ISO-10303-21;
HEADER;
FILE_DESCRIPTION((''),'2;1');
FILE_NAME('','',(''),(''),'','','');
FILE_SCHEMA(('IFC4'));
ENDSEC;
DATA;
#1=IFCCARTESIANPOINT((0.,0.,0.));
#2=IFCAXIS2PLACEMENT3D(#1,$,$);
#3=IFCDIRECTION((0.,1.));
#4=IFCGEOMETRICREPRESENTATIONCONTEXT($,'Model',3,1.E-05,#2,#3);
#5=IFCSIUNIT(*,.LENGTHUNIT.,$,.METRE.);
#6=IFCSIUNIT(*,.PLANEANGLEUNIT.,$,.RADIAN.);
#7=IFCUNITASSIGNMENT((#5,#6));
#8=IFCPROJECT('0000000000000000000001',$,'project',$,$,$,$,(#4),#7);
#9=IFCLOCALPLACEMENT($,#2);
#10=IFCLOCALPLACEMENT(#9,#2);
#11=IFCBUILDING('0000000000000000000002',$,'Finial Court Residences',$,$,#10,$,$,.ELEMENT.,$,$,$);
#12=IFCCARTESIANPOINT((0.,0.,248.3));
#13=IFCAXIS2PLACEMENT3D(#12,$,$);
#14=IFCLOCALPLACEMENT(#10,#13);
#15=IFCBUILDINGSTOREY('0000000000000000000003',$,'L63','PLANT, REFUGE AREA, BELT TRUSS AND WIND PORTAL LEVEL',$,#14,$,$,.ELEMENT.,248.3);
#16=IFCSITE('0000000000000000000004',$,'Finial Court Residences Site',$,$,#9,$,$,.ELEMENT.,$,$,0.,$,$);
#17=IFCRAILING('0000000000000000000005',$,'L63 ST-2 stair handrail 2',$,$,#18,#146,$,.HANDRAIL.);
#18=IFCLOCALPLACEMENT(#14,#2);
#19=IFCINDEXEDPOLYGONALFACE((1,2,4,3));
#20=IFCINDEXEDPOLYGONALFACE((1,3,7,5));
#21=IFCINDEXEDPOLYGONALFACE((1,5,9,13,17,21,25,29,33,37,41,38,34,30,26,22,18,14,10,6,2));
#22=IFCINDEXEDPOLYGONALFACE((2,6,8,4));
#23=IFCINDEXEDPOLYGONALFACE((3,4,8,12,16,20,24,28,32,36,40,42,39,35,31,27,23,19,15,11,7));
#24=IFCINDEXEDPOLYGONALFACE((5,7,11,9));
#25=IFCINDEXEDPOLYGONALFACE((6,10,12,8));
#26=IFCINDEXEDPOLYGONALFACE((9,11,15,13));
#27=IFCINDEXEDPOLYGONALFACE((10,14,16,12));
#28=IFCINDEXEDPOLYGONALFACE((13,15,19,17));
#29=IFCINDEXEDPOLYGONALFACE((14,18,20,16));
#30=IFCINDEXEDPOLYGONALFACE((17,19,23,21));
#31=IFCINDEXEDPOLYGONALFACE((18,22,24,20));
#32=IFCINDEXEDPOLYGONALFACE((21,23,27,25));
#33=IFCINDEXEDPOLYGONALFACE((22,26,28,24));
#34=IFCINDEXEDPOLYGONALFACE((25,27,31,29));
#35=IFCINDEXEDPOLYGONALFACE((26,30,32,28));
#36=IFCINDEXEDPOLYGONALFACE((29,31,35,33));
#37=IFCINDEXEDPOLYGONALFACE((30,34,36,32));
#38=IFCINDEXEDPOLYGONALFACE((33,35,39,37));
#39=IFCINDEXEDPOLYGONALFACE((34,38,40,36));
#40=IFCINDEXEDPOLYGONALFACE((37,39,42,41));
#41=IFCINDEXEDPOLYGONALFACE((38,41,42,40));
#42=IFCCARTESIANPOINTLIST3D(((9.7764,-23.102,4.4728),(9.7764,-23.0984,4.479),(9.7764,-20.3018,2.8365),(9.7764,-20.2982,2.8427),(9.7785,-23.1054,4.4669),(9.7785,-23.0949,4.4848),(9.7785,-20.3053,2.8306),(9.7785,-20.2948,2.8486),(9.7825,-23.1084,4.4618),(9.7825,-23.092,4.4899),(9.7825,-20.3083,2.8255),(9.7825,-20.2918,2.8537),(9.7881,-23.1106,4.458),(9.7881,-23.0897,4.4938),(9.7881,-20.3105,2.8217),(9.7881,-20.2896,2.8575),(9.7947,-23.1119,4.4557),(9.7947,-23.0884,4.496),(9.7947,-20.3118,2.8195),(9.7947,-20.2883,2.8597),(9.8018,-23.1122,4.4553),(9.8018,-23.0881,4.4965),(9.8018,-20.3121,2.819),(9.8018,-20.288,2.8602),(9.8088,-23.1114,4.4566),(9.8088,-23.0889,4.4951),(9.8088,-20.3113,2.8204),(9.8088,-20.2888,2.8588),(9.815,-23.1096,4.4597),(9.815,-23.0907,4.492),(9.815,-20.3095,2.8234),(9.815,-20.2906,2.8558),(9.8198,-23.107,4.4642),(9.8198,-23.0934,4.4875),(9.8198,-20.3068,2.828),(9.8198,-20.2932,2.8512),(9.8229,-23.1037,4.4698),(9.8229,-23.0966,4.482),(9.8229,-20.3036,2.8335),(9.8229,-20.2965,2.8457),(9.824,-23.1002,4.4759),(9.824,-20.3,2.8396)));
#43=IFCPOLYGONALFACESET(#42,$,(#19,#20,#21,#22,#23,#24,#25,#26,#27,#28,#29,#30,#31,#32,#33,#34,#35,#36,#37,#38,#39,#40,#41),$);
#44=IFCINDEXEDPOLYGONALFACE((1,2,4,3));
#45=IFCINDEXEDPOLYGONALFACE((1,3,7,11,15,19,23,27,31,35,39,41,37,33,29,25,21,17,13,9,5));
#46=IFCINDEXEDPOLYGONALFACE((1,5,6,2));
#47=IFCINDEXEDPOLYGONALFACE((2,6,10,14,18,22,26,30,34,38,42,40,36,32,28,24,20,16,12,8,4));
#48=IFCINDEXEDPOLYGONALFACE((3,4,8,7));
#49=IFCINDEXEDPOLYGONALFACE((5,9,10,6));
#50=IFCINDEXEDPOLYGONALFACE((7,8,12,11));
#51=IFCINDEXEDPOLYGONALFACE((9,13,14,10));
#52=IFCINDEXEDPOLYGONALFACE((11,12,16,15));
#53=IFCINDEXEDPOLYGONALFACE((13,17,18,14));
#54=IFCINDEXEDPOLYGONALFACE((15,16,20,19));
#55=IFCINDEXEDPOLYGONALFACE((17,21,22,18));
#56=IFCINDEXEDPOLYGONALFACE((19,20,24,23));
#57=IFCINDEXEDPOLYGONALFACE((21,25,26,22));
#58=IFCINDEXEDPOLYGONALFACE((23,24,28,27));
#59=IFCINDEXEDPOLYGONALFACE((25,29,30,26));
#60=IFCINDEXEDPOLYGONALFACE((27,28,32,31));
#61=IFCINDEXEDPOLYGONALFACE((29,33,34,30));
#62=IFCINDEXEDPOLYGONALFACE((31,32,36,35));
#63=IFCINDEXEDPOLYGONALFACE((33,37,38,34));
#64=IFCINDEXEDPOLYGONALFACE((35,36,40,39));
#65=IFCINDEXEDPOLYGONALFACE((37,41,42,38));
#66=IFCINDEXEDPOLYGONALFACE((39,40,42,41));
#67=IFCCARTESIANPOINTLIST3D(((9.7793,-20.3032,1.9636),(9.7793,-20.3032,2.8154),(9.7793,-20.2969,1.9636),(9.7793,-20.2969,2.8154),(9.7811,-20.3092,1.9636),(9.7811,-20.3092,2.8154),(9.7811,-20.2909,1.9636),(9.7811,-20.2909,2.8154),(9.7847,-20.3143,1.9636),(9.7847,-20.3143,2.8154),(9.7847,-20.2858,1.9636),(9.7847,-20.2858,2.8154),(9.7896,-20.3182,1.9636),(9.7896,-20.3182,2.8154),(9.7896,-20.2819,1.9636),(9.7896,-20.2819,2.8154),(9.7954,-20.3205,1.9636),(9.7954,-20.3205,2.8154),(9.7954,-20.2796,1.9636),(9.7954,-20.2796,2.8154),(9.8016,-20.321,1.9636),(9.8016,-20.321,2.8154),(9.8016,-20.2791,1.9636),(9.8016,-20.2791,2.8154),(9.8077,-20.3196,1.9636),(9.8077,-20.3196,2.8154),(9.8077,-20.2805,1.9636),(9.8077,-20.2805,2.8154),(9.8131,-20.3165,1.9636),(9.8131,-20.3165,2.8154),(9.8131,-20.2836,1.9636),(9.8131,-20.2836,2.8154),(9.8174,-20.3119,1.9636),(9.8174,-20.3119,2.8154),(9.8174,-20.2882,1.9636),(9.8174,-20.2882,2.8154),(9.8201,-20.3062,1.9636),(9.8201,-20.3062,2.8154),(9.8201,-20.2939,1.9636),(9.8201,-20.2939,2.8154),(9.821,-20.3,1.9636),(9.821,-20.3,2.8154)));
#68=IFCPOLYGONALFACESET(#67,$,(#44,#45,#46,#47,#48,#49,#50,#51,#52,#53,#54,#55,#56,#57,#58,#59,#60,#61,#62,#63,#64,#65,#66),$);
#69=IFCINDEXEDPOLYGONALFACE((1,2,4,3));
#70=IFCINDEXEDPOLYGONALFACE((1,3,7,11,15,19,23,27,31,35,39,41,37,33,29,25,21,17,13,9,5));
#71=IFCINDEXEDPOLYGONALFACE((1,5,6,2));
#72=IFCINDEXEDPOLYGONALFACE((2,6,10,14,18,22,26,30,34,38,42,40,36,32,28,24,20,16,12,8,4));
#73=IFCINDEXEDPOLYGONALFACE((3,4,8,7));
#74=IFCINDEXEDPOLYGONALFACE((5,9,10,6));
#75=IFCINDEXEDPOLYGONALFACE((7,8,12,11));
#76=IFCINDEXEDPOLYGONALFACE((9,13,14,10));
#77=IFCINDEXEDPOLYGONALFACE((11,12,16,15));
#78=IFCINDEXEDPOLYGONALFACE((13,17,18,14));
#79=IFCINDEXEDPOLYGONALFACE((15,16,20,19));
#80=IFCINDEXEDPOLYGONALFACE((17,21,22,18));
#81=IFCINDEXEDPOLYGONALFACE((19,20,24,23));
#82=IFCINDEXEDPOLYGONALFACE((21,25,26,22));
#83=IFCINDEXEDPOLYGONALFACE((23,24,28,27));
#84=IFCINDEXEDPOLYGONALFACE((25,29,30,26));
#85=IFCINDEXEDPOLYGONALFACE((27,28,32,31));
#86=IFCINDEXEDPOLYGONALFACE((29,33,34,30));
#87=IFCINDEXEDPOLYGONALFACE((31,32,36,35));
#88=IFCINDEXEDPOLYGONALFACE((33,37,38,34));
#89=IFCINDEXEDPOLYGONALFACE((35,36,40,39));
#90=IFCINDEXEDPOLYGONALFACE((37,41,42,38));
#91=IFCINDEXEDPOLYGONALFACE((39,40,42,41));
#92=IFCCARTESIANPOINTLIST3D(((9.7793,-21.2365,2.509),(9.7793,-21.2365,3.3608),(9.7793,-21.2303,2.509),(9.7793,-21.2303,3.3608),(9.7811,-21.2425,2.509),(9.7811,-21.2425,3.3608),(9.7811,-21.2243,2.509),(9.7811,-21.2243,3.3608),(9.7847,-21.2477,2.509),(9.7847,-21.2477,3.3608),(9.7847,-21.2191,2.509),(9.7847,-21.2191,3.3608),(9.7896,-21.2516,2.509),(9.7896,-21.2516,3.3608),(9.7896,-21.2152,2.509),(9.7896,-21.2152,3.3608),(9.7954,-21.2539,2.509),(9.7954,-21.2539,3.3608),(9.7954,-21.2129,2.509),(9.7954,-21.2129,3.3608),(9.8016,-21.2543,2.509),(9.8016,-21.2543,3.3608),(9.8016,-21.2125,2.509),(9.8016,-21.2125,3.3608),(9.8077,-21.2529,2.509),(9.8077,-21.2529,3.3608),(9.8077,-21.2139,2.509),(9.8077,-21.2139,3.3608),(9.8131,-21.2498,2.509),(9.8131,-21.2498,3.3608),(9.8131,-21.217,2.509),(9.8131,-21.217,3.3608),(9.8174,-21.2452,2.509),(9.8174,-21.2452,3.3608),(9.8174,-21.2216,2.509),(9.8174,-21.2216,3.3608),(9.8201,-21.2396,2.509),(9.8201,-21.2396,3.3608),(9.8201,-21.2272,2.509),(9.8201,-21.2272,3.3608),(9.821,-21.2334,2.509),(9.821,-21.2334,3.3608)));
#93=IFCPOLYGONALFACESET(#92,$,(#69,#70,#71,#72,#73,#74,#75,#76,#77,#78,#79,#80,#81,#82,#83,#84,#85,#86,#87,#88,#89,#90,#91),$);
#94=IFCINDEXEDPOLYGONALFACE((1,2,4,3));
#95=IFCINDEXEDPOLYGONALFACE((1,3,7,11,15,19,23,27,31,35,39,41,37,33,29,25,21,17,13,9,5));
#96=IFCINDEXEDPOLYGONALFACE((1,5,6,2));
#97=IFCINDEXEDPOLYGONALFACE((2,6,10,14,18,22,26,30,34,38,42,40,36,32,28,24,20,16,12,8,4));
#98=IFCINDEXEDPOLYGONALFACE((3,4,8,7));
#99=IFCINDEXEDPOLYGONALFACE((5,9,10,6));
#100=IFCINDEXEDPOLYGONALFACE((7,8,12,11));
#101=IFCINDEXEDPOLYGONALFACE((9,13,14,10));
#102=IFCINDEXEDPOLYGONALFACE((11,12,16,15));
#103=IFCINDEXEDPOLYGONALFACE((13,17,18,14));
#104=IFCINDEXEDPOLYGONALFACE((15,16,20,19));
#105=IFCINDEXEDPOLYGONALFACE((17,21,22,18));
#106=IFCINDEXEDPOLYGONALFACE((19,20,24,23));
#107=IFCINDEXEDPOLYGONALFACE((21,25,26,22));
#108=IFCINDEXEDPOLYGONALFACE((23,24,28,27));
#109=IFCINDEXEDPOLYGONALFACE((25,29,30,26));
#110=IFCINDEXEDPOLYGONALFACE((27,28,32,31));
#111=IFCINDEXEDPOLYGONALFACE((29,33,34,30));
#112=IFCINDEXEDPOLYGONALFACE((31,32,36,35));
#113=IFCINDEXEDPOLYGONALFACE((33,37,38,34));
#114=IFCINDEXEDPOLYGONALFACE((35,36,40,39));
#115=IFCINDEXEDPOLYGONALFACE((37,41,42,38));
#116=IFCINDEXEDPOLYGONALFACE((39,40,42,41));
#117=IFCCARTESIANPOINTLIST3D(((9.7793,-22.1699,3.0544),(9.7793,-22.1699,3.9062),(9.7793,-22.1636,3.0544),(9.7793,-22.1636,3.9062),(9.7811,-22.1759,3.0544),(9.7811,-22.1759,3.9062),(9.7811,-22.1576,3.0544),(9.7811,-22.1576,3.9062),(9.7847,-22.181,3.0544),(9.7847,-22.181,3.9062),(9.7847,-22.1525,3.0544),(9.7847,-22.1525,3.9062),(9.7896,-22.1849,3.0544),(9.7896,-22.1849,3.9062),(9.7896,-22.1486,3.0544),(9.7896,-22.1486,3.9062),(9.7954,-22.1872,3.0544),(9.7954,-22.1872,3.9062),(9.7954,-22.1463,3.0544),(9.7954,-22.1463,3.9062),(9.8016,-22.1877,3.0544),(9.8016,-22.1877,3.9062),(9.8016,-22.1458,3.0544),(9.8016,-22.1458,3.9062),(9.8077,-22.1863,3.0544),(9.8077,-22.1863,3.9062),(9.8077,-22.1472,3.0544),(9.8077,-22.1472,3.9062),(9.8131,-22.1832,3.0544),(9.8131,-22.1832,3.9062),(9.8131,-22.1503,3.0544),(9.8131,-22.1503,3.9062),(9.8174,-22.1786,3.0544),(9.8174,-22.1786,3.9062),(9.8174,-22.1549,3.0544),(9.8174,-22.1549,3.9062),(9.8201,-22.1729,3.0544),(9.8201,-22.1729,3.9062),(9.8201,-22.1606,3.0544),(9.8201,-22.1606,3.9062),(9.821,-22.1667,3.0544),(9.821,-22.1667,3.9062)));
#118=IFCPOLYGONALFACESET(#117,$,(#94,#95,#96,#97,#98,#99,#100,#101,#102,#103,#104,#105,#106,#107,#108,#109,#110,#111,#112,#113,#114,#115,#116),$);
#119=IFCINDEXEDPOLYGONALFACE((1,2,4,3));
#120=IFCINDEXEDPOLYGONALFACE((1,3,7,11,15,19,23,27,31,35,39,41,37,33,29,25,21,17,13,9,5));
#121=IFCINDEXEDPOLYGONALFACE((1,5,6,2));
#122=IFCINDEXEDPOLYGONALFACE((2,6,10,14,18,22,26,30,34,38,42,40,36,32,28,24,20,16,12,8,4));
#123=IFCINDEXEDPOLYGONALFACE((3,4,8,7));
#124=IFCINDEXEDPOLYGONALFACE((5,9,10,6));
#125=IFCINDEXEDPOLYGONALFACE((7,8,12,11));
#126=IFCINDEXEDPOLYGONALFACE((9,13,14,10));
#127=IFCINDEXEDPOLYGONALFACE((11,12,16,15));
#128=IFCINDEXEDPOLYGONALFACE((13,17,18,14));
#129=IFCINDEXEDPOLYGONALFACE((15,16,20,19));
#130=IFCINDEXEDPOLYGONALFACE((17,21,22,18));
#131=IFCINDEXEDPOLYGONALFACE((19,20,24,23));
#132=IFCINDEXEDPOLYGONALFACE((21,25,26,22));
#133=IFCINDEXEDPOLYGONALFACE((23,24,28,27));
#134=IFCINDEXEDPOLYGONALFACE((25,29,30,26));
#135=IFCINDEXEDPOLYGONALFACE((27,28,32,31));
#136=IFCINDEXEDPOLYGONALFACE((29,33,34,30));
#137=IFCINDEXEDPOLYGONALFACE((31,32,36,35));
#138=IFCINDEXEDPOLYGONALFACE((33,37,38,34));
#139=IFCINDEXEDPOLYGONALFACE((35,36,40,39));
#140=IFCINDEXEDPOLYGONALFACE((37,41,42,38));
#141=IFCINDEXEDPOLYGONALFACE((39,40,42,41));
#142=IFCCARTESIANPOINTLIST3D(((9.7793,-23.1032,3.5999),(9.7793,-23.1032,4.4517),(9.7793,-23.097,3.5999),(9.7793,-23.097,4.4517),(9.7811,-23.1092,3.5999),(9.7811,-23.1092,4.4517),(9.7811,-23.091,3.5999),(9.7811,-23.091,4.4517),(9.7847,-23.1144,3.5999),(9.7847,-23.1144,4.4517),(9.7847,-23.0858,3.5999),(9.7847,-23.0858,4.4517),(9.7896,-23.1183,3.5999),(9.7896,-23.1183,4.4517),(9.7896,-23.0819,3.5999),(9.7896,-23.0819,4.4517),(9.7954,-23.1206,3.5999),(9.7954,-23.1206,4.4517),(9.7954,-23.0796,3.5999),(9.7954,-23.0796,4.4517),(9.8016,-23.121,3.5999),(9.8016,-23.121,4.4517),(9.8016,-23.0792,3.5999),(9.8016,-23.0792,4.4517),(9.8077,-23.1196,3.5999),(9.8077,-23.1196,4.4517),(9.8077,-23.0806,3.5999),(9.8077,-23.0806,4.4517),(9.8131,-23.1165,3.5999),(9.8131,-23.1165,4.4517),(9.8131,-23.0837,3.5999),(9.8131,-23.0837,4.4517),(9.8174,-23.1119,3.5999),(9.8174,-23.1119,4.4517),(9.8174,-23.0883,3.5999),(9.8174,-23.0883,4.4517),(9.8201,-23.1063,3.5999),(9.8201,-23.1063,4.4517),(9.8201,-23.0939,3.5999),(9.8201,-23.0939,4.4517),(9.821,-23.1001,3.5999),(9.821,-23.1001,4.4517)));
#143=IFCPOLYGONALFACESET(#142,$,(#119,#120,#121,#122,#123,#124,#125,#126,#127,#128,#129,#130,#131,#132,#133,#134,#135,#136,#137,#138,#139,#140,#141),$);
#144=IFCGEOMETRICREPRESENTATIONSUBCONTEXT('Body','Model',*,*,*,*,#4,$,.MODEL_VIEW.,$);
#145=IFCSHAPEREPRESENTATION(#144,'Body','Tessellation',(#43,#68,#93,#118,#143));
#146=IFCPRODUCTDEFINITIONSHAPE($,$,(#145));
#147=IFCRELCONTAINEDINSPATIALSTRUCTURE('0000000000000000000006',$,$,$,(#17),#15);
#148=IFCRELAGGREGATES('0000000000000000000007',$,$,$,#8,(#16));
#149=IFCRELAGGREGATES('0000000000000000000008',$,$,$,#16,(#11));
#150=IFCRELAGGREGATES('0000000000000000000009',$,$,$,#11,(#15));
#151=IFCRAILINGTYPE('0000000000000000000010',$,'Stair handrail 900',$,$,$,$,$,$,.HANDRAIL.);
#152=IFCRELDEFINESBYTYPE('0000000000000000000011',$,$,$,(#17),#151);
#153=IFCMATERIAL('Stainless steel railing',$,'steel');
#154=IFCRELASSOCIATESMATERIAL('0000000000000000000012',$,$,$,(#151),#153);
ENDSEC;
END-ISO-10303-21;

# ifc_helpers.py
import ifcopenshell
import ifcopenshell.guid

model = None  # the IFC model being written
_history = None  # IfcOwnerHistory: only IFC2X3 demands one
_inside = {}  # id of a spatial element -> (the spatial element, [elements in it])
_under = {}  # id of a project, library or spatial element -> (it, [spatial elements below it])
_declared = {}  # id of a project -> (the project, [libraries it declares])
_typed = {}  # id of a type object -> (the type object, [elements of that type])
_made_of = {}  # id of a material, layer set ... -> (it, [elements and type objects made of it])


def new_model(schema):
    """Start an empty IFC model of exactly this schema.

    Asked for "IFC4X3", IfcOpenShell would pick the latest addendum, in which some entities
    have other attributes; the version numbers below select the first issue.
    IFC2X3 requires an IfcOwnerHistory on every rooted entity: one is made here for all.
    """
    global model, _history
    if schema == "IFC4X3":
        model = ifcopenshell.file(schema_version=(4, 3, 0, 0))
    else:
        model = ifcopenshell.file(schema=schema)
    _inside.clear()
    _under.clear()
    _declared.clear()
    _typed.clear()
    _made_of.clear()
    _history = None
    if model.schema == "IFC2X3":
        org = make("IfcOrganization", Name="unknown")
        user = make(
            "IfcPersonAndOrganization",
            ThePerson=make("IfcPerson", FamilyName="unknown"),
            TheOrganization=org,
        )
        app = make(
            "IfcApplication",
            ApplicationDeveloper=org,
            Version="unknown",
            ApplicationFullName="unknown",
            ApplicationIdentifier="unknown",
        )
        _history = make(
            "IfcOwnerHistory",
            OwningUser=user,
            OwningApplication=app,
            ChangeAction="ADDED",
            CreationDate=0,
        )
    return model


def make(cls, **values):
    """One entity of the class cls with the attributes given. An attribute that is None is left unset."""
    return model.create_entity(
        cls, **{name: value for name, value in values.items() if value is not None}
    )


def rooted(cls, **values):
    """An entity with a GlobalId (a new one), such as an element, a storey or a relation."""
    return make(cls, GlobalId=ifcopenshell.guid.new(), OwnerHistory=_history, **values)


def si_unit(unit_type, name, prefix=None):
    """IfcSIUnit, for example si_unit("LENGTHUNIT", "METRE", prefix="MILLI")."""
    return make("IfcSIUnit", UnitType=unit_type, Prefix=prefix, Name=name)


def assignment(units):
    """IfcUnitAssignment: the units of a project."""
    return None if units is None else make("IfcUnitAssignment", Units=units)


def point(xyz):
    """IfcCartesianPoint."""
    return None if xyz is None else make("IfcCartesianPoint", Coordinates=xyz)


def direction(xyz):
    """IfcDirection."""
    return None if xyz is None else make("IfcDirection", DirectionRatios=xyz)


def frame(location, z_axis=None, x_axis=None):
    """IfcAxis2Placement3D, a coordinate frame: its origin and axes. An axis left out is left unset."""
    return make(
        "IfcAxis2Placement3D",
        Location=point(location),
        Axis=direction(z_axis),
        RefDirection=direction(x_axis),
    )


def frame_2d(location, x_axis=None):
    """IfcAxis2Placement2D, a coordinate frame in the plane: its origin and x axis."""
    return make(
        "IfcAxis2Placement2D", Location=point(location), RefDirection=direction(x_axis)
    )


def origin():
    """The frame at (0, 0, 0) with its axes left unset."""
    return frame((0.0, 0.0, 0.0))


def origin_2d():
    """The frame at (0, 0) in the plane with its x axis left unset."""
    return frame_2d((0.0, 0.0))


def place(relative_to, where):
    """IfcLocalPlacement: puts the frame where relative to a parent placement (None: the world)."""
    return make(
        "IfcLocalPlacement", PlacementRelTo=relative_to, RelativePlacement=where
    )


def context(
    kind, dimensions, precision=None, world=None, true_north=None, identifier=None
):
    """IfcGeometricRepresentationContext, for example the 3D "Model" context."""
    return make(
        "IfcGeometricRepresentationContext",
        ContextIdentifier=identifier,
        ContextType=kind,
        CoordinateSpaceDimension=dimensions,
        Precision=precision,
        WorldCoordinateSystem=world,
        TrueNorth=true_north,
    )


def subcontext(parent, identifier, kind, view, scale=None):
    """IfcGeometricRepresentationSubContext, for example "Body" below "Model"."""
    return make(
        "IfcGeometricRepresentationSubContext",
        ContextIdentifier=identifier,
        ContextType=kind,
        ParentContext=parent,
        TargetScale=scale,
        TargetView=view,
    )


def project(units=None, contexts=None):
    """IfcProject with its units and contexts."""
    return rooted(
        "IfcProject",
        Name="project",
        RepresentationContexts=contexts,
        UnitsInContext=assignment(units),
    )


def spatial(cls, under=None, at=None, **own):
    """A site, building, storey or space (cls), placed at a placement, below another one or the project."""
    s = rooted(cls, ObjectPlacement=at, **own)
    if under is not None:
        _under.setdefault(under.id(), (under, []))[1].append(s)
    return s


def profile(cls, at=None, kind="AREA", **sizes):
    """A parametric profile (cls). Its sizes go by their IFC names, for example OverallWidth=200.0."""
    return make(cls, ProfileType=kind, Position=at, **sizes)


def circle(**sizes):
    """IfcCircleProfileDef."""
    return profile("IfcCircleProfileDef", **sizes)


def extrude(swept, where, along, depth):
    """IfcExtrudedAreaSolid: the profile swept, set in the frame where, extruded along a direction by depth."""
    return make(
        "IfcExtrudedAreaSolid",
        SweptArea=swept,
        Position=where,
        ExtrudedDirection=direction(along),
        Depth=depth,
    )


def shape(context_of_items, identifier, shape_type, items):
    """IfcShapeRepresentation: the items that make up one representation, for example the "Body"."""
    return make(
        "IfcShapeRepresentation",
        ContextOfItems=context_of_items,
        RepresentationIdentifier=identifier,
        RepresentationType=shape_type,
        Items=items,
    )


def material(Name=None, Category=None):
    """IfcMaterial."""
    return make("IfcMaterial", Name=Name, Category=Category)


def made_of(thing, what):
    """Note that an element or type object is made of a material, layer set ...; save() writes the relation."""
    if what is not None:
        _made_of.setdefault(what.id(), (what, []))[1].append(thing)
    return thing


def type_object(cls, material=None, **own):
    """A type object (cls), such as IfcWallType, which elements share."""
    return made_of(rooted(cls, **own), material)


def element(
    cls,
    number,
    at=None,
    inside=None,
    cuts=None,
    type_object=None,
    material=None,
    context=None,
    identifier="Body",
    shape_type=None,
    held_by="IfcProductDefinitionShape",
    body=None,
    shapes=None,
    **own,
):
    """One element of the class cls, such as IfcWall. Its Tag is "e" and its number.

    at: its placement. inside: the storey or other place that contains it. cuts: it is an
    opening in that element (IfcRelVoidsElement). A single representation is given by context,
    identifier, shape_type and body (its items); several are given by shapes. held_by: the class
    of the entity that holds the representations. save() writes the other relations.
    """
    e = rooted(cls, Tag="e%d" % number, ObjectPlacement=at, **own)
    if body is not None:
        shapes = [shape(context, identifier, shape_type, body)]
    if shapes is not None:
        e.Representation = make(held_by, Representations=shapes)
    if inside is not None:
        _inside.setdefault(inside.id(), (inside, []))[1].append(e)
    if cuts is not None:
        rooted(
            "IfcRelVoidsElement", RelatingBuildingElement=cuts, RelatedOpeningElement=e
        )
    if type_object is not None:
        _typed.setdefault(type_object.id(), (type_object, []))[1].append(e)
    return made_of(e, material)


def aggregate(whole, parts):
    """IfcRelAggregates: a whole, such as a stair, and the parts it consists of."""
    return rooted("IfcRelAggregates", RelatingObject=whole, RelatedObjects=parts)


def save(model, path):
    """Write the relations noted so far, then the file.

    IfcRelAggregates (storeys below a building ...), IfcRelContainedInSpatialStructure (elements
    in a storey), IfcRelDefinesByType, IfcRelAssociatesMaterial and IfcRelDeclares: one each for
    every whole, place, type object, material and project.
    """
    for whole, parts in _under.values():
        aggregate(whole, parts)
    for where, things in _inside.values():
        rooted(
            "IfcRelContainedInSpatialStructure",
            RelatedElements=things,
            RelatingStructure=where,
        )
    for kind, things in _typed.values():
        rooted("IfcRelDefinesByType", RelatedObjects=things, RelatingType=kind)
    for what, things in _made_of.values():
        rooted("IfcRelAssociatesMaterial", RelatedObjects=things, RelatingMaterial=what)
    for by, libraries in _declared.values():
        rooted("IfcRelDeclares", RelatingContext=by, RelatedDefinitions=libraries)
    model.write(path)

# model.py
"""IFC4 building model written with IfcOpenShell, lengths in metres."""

from ifc_helpers import new_model, si_unit, direction, frame, origin, origin_2d, place, context, subcontext, project, spatial, circle, extrude, material, type_object, element, save


model = new_model("IFC4")

# Units and contexts
model_context = context("Model", 3, precision=1e-05, world=origin(), true_north=direction((0.0, 1.0)))
body_context = subcontext(model_context, "Body", "Model", "MODEL_VIEW")
ifc_project = project(units=[si_unit("LENGTHUNIT", "METRE"), si_unit("PLANEANGLEUNIT", "RADIAN")], contexts=[model_context])

# Site, building, storey
site_placement = place(None, origin())
site = spatial("IfcSite", under=ifc_project, at=site_placement, Name="Finial Court Residences Site", CompositionType="ELEMENT", RefElevation=0.0)
building_placement = place(site_placement, origin())
building = spatial("IfcBuilding", under=site, at=building_placement, Name="Finial Court Residences", CompositionType="ELEMENT")
storey_placement = place(building_placement, frame((0.0, 0.0, 248.3)))
storey = spatial("IfcBuildingStorey", under=building, at=storey_placement, Name="L63", Description="PLANT, REFUGE AREA, BELT TRUSS AND WIND PORTAL LEVEL", CompositionType="ELEMENT", Elevation=248.3)

# Railing
ifc_material_1 = material(Name="Stainless steel railing", Category="steel")
railing_type_1 = type_object("IfcRailingType", Name="Stair handrail 900", PredefinedType="HANDRAIL", material=ifc_material_1)
railing_1_placement = place(storey_placement, frame((9.8, -20.3, 1.9636)))
element("IfcRailing", 1, at=railing_1_placement, inside=storey, type_object=railing_type_1, Name="L63 ST-2 stair handrail 2", PredefinedType="HANDRAIL", context=body_context, shape_type="SweptSolid", body=[
    extrude(circle(Radius=0.0239, at=origin_2d()), frame((0.0, 0.0, 0.876), z_axis=(0.0, -0.863394, 0.504531), x_axis=(1.0, 0.0, 0.0)), (0.0, 0.0, 1.0), 3.2432),
    extrude(circle(Radius=0.021, at=origin_2d()), origin(), (0.0, 0.0, 1.0), 0.8518),
    extrude(circle(Radius=0.021, at=origin_2d()), frame((0.0, -0.9333, 0.5454)), (0.0, 0.0, 1.0), 0.8518),
    extrude(circle(Radius=0.021, at=origin_2d()), frame((0.0, -1.8667, 1.0908)), (0.0, 0.0, 1.0), 0.8518),
    extrude(circle(Radius=0.021, at=origin_2d()), frame((0.0, -2.8, 1.6362)), (0.0, 0.0, 1.0), 0.8518),
])

save(model, "model.ifc")
